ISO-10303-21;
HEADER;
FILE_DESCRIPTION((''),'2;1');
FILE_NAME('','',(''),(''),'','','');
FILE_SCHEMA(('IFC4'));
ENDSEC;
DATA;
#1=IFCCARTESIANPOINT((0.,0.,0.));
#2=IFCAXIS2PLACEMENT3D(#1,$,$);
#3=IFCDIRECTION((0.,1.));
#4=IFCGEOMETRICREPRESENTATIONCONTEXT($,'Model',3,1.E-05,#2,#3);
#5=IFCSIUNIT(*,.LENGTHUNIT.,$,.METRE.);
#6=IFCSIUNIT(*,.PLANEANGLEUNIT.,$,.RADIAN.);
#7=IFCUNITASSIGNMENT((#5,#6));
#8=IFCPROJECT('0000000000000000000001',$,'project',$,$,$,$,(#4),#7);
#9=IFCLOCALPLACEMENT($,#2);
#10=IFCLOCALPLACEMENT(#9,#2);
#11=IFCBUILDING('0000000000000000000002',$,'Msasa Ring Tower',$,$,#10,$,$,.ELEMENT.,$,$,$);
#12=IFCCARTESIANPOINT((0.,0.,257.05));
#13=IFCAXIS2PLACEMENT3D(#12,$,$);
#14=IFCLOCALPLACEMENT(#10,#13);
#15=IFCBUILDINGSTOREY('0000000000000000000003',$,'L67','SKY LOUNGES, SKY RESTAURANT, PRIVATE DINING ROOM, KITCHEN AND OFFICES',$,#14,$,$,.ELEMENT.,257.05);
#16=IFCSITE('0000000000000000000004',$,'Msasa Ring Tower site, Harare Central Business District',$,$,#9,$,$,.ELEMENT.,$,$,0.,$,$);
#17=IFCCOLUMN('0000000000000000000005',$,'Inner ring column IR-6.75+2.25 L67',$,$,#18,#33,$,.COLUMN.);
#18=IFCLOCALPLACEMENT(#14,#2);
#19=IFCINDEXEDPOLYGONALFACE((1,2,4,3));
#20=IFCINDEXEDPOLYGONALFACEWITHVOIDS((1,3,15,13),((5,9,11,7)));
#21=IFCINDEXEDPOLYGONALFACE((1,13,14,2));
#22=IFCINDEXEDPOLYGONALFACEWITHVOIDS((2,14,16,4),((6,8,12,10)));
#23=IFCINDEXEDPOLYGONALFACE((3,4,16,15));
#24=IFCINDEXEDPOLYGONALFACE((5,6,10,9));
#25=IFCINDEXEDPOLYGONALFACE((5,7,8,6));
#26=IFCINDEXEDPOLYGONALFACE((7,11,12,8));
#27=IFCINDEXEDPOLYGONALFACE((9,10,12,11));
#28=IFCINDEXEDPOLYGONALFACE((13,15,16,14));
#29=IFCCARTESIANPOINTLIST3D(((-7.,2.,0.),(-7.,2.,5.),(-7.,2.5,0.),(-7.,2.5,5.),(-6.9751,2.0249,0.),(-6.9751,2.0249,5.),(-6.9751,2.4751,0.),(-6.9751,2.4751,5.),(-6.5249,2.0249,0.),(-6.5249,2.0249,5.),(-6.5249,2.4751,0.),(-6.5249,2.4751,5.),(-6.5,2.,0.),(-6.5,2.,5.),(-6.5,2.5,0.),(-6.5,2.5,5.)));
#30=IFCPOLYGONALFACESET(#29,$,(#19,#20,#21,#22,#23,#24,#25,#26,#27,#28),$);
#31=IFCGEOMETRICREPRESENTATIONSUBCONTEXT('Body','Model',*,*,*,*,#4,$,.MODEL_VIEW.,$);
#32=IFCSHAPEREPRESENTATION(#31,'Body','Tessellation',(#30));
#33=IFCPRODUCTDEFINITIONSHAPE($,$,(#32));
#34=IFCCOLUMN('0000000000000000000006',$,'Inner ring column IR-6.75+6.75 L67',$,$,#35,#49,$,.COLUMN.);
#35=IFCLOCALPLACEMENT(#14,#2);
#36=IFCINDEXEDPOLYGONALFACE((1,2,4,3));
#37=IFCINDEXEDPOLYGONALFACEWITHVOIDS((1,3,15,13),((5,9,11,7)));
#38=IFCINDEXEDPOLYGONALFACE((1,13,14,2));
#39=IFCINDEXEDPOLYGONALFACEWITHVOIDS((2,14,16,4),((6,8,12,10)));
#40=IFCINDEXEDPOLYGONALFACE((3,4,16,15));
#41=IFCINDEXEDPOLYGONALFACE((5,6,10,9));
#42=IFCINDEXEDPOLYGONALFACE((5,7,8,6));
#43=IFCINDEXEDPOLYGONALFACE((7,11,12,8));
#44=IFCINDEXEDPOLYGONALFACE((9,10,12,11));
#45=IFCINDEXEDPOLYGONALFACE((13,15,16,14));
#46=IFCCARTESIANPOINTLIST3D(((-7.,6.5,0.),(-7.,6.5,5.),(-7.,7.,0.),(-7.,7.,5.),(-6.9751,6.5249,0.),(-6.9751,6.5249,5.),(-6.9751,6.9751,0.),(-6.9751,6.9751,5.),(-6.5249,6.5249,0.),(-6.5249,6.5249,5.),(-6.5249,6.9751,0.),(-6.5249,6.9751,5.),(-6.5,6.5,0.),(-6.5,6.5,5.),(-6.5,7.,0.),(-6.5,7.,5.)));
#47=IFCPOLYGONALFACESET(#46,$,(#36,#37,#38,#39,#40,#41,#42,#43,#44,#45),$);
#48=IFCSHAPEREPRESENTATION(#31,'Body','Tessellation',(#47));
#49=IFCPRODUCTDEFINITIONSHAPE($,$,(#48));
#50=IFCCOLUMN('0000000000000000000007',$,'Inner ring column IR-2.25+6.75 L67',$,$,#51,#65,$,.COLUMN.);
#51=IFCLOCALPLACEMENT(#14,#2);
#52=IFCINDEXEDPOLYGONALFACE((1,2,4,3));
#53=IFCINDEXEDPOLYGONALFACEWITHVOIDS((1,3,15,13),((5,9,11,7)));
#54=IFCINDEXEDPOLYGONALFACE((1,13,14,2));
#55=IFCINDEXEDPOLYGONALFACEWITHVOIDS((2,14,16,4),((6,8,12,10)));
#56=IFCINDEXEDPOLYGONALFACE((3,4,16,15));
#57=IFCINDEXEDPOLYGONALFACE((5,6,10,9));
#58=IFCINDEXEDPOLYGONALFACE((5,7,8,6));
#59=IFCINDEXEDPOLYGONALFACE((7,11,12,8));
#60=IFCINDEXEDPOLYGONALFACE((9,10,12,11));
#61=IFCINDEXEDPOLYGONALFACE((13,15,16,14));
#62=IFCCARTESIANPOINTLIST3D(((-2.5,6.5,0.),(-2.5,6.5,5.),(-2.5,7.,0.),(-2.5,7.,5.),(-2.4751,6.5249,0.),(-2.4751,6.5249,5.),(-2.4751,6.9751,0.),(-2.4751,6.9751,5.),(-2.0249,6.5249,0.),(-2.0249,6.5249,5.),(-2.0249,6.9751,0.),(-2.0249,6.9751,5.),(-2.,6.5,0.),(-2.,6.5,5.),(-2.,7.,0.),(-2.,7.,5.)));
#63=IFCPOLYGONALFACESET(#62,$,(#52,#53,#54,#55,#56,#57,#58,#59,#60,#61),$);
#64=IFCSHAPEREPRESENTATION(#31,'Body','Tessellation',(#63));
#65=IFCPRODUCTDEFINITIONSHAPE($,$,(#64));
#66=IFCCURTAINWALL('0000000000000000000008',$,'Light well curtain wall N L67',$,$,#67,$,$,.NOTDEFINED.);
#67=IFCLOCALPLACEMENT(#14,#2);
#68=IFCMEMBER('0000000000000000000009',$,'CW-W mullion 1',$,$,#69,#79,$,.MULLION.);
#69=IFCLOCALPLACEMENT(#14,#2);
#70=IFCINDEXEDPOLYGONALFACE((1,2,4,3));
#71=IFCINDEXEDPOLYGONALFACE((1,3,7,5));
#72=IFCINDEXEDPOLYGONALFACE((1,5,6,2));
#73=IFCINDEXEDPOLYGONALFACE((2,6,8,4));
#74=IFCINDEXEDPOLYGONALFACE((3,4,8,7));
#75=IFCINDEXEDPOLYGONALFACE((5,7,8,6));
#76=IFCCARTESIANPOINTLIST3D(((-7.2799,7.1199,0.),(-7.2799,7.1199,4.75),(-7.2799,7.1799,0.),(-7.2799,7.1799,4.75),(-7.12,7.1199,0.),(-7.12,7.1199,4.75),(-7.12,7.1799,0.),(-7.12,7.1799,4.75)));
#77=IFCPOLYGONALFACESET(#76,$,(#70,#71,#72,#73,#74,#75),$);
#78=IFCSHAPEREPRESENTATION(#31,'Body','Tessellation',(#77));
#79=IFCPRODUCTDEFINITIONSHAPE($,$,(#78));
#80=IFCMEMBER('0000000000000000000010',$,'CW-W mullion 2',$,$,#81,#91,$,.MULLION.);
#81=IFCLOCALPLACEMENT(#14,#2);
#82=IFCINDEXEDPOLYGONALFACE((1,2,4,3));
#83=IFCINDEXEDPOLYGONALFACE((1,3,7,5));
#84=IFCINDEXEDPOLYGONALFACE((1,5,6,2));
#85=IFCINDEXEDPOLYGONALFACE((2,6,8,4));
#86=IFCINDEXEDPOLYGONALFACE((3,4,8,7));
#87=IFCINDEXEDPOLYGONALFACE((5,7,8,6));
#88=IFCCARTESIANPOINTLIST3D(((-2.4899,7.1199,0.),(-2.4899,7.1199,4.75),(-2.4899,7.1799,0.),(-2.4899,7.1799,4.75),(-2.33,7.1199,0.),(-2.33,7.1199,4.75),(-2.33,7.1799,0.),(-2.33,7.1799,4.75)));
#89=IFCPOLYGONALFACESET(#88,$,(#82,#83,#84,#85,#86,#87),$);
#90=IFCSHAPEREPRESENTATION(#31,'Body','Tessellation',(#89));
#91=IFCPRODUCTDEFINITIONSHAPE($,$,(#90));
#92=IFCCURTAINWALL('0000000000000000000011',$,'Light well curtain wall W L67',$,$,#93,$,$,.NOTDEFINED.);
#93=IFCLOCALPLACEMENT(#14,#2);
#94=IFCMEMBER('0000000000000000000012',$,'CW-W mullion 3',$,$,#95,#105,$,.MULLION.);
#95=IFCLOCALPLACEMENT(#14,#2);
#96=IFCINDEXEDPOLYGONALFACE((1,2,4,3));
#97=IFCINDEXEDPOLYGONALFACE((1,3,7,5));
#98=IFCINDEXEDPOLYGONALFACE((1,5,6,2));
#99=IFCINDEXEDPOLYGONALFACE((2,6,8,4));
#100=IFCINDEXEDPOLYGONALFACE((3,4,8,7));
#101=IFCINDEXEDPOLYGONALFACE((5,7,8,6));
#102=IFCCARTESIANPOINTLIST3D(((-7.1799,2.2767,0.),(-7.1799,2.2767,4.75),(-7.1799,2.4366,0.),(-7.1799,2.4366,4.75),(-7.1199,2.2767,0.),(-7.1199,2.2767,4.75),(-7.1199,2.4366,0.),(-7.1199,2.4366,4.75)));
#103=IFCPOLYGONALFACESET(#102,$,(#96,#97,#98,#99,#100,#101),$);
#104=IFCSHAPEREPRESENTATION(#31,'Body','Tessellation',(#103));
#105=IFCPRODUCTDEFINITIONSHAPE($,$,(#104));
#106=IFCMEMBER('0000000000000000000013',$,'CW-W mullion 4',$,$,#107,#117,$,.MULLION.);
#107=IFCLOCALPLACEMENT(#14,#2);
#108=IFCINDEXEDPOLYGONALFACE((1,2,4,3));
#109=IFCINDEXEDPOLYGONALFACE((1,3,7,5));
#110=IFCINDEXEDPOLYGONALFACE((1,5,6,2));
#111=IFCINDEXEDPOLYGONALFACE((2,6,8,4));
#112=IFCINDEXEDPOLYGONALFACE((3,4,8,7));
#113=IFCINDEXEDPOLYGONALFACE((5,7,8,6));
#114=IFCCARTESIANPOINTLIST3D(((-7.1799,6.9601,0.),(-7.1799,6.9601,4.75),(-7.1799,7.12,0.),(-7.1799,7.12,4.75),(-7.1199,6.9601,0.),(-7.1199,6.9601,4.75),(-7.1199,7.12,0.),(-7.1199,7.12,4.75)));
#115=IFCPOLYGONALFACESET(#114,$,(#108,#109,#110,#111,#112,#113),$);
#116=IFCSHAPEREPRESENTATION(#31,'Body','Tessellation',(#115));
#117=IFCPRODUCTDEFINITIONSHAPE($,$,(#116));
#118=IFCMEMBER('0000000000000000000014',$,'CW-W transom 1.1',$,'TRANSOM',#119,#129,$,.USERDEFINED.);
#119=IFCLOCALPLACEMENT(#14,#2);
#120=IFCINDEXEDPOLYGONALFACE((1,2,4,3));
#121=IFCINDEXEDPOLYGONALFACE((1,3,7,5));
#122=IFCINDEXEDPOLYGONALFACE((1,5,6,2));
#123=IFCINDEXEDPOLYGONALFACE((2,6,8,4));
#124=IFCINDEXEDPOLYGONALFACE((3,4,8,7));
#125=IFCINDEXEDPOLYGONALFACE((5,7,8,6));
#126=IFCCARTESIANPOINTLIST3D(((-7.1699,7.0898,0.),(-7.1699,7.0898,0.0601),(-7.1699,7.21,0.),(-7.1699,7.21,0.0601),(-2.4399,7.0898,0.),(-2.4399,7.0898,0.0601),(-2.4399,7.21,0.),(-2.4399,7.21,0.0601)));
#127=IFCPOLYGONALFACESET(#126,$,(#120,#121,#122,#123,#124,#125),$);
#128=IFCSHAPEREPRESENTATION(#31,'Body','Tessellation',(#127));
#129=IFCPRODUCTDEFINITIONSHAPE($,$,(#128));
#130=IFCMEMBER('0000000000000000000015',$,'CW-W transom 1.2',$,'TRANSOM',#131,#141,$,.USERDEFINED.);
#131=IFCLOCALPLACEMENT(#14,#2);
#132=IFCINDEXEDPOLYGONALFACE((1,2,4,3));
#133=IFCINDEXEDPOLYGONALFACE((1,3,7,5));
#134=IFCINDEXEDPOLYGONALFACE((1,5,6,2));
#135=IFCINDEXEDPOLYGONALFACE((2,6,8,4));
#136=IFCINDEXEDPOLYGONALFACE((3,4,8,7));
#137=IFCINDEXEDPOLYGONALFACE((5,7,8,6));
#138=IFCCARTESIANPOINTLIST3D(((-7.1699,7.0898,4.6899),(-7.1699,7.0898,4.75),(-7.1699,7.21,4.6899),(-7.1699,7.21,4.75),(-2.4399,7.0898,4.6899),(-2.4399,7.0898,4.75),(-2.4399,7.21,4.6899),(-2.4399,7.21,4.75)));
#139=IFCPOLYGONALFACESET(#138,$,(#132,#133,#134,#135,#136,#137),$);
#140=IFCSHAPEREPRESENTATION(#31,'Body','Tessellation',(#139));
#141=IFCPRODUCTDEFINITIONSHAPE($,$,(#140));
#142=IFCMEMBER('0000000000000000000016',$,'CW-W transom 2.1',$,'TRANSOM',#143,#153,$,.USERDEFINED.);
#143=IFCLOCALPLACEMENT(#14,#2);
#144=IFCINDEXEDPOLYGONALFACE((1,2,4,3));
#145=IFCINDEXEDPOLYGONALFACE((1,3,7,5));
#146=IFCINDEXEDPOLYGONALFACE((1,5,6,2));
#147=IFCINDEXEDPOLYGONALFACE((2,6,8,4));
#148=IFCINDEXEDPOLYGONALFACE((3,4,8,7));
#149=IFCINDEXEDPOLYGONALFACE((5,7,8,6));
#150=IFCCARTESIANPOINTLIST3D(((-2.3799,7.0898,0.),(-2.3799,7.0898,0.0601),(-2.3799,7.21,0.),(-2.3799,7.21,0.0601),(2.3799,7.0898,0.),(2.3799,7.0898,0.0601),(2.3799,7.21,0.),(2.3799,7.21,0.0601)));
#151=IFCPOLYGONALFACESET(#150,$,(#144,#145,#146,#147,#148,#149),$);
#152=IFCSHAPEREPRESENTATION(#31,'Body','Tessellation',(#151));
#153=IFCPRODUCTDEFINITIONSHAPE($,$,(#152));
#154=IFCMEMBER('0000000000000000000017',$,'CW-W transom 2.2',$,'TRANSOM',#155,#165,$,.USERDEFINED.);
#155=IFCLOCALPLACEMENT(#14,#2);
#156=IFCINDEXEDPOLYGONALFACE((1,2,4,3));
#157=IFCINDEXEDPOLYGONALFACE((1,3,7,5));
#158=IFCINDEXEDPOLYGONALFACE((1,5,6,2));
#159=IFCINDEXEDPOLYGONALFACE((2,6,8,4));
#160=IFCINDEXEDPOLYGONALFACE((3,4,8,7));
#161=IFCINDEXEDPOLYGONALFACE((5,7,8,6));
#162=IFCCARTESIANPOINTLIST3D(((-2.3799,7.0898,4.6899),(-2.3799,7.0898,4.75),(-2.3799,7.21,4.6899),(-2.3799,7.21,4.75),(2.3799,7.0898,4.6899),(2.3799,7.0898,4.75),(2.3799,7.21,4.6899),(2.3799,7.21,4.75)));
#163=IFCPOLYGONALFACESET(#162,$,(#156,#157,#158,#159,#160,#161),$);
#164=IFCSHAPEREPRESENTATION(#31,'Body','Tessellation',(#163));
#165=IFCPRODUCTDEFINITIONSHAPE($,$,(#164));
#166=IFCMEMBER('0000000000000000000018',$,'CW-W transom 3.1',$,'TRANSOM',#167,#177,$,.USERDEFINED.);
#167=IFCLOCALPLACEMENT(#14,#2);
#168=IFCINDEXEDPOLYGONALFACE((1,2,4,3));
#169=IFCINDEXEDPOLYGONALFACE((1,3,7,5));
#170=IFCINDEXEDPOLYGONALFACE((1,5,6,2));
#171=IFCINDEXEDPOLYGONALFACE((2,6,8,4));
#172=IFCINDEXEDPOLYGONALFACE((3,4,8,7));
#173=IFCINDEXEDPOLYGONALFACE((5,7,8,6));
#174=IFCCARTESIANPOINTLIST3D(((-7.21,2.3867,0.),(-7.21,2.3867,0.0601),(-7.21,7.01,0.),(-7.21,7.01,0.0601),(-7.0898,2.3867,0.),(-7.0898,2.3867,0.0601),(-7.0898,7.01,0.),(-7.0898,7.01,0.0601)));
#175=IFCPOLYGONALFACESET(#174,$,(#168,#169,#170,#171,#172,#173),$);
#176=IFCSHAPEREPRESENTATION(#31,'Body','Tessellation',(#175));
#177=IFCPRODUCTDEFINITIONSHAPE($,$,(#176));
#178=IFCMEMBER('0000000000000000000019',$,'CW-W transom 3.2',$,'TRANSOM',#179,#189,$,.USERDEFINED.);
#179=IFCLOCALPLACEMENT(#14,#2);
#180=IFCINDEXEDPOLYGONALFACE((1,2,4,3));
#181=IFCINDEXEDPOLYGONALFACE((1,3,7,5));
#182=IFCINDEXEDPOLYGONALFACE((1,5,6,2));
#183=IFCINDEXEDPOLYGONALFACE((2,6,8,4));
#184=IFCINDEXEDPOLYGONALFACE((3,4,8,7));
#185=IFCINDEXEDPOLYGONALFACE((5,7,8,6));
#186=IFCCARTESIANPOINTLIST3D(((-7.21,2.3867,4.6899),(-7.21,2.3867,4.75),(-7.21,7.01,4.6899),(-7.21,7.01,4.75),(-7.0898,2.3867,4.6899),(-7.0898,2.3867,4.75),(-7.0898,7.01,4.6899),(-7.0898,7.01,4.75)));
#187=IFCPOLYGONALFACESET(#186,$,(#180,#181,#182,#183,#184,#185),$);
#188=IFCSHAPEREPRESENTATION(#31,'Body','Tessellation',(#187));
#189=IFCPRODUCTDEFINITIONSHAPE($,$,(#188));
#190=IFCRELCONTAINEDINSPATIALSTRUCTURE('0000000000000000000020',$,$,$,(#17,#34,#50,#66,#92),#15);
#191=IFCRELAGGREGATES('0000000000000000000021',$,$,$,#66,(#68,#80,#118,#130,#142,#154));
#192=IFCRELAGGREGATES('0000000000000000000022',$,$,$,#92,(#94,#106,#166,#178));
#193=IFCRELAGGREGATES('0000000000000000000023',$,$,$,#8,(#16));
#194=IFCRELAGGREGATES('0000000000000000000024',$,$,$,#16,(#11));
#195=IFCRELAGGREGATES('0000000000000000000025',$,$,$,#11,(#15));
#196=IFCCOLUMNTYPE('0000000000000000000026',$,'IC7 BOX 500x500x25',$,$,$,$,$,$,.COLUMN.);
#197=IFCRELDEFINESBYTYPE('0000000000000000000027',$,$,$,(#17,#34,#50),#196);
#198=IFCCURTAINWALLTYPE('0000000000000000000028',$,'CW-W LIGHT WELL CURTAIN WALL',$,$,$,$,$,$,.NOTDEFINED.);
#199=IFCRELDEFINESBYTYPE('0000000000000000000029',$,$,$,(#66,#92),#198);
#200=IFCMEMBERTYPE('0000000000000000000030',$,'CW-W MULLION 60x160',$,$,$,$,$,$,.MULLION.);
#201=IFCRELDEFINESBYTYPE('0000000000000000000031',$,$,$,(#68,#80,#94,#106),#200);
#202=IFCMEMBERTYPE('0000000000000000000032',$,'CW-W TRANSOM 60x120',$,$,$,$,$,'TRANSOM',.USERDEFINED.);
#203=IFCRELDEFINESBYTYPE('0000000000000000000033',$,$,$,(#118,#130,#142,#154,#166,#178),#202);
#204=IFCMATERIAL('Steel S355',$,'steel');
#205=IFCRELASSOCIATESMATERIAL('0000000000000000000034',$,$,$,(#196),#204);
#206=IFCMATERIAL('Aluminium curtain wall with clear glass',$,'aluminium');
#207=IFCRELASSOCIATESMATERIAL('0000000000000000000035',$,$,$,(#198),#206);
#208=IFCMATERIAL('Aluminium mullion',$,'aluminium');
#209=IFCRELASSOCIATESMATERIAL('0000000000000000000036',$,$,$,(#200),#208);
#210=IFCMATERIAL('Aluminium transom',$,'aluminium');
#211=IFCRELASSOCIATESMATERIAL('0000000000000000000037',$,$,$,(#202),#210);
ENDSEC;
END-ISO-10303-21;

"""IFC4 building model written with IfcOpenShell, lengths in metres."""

from ifc_helpers import new_model, si_unit, direction, frame, origin, origin_2d, place, context, subcontext, project, spatial, rectangle, hollow_rectangle, extrude, material, material_profile, profile_set, type_object, element, aggregate, save


model = new_model("IFC4")

# Units and contexts
model_context = context("Model", 3, precision=1e-05, world=origin(), true_north=direction((0.0, 1.0)))
body_context = subcontext(model_context, "Body", "Model", "MODEL_VIEW")
ifc_project = project(units=[si_unit("LENGTHUNIT", "METRE"), si_unit("PLANEANGLEUNIT", "RADIAN")], contexts=[model_context])

# Site, building, storey
site_placement = place(None, origin())
site = spatial("IfcSite", under=ifc_project, at=site_placement, Name="Msasa Ring Tower site, Harare Central Business District", CompositionType="ELEMENT", RefElevation=0.0)
building_placement = place(site_placement, origin())
building = spatial("IfcBuilding", under=site, at=building_placement, Name="Msasa Ring Tower", CompositionType="ELEMENT")
storey_placement = place(building_placement, frame((0.0, 0.0, 257.05)))
storey = spatial("IfcBuildingStorey", under=building, at=storey_placement, Name="L67", Description="SKY LOUNGES, SKY RESTAURANT, PRIVATE DINING ROOM, KITCHEN AND OFFICES", CompositionType="ELEMENT", Elevation=257.05)

# Columns
ifc_material_1 = material(Name="Steel S355", Category="steel")
ifc_material_profile_1 = material_profile(ifc_material_1, hollow_rectangle(XDim=0.5, YDim=0.5, WallThickness=0.0249, at=origin_2d()), Name="BOX 500x500x25")
ifc_profile_set_1 = profile_set([ifc_material_profile_1], Name="Steel S355")
column_type = type_object("IfcColumnType", Name="IC7 BOX 500x500x25", PredefinedType="COLUMN", material=ifc_profile_set_1)
for number, where, z_axis, x_axis, name in (
    (1, (-6.75, 2.25, 0.0), (0.0, 0.0, 1.0), (1.0, 0.0, 0.0), "Inner ring column IR-6.75+2.25 L67"),
    (2, (-6.75, 6.75, 0.0), (0.0, 0.0, 1.0), (1.0, 0.0, 0.0), "Inner ring column IR-6.75+6.75 L67"),
    (3, (-2.25, 6.75, 0.0), (0.0, 0.0, 1.0), (1.0, 0.0, 0.0), "Inner ring column IR-2.25+6.75 L67"),
):
    element("IfcColumn", number, at=place(storey_placement, frame(where, z_axis=z_axis, x_axis=x_axis)), inside=storey, type_object=column_type, Name=name, PredefinedType="COLUMN", context=body_context, shape_type="SweptSolid", body=[
        extrude(hollow_rectangle(XDim=0.5, YDim=0.5, WallThickness=0.0249, at=origin_2d()), origin(), (0.0, 0.0, 1.0), 5.0),
    ])

# Curtain walls, members
ifc_material_2 = material(Name="Aluminium curtain wall with clear glass", Category="aluminium")
curtain_wall_type = type_object("IfcCurtainWallType", Name="CW-W LIGHT WELL CURTAIN WALL", PredefinedType="NOTDEFINED", material=ifc_material_2)
curtain_wall_1_placement = place(storey_placement, origin())
curtain_wall_1 = element("IfcCurtainWall", 4, at=curtain_wall_1_placement, inside=storey, type_object=curtain_wall_type, Name="Light well curtain wall N L67", PredefinedType="NOTDEFINED")
ifc_material_3 = material(Name="Aluminium mullion", Category="aluminium")
ifc_material_profile_2 = material_profile(ifc_material_3, rectangle(XDim=0.0601, YDim=0.1599, at=origin_2d()), Name="AL 60x160")
ifc_profile_set_2 = profile_set([ifc_material_profile_2], Name="Aluminium mullion")
member_type_1 = type_object("IfcMemberType", Name="CW-W MULLION 60x160", PredefinedType="MULLION", material=ifc_profile_set_2)
member_1_placement = place(storey_placement, frame((-7.2, 7.1499, 0.0), z_axis=(0.0, 0.0, 1.0), x_axis=(0.0, 1.0, 0.0)))
member_1 = element("IfcMember", 5, at=member_1_placement, type_object=member_type_1, Name="CW-W mullion 1", PredefinedType="MULLION", context=body_context, shape_type="SweptSolid", body=[
    extrude(rectangle(XDim=0.0601, YDim=0.1599, at=origin_2d()), origin(), (0.0, 0.0, 1.0), 4.75),
])
member_2_placement = place(storey_placement, frame((-2.4099, 7.1499, 0.0), z_axis=(0.0, 0.0, 1.0), x_axis=(0.0, 1.0, 0.0)))
member_2 = element("IfcMember", 6, at=member_2_placement, type_object=member_type_1, Name="CW-W mullion 2", PredefinedType="MULLION", context=body_context, shape_type="SweptSolid", body=[
    extrude(rectangle(XDim=0.0601, YDim=0.1599, at=origin_2d()), origin(), (0.0, 0.0, 1.0), 4.75),
])
curtain_wall_2_placement = place(storey_placement, origin())
curtain_wall_2 = element("IfcCurtainWall", 7, at=curtain_wall_2_placement, inside=storey, type_object=curtain_wall_type, Name="Light well curtain wall W L67", PredefinedType="NOTDEFINED")
member_3_placement = place(storey_placement, frame((-7.1499, 2.3567, 0.0), z_axis=(0.0, 0.0, 1.0), x_axis=(-1.0, 0.0, 0.0)))
member_3 = element("IfcMember", 8, at=member_3_placement, type_object=member_type_1, Name="CW-W mullion 3", PredefinedType="MULLION", context=body_context, shape_type="SweptSolid", body=[
    extrude(rectangle(XDim=0.0601, YDim=0.1599, at=origin_2d()), origin(), (0.0, 0.0, 1.0), 4.75),
])
member_4_placement = place(storey_placement, frame((-7.1499, 7.04, 0.0), z_axis=(0.0, 0.0, 1.0), x_axis=(-1.0, 0.0, 0.0)))
member_4 = element("IfcMember", 9, at=member_4_placement, type_object=member_type_1, Name="CW-W mullion 4", PredefinedType="MULLION", context=body_context, shape_type="SweptSolid", body=[
    extrude(rectangle(XDim=0.0601, YDim=0.1599, at=origin_2d()), origin(), (0.0, 0.0, 1.0), 4.75),
])

# Members
ifc_material_4 = material(Name="Aluminium transom", Category="aluminium")
ifc_material_profile_3 = material_profile(ifc_material_4, rectangle(XDim=0.1201, YDim=0.0601, at=origin_2d()), Name="AL 60x120")
ifc_profile_set_3 = profile_set([ifc_material_profile_3], Name="Aluminium transom")
member_type_2 = type_object("IfcMemberType", Name="CW-W TRANSOM 60x120", ElementType="TRANSOM", PredefinedType="USERDEFINED", material=ifc_profile_set_3)
member_5_placement = place(storey_placement, frame((-7.1699, 7.1499, 0.03), z_axis=(1.0, 0.0, 0.0), x_axis=(0.0, 1.0, 0.0)))
member_5 = element("IfcMember", 10, at=member_5_placement, type_object=member_type_2, Name="CW-W transom 1.1", ObjectType="TRANSOM", PredefinedType="USERDEFINED", context=body_context, shape_type="SweptSolid", body=[
    extrude(rectangle(XDim=0.1201, YDim=0.0601, at=origin_2d()), origin(), (0.0, 0.0, 1.0), 4.73),
])
member_6_placement = place(storey_placement, frame((-7.1699, 7.1499, 4.72), z_axis=(1.0, 0.0, 0.0), x_axis=(0.0, 1.0, 0.0)))
member_6 = element("IfcMember", 11, at=member_6_placement, type_object=member_type_2, Name="CW-W transom 1.2", ObjectType="TRANSOM", PredefinedType="USERDEFINED", context=body_context, shape_type="SweptSolid", body=[
    extrude(rectangle(XDim=0.1201, YDim=0.0601, at=origin_2d()), origin(), (0.0, 0.0, 1.0), 4.73),
])
member_7_placement = place(storey_placement, frame((-2.3799, 7.1499, 0.03), z_axis=(1.0, 0.0, 0.0), x_axis=(0.0, 1.0, 0.0)))
member_7 = element("IfcMember", 12, at=member_7_placement, type_object=member_type_2, Name="CW-W transom 2.1", ObjectType="TRANSOM", PredefinedType="USERDEFINED", context=body_context, shape_type="SweptSolid", body=[
    extrude(rectangle(XDim=0.1201, YDim=0.0601, at=origin_2d()), origin(), (0.0, 0.0, 1.0), 4.7598),
])
member_8_placement = place(storey_placement, frame((-2.3799, 7.1499, 4.72), z_axis=(1.0, 0.0, 0.0), x_axis=(0.0, 1.0, 0.0)))
member_8 = element("IfcMember", 13, at=member_8_placement, type_object=member_type_2, Name="CW-W transom 2.2", ObjectType="TRANSOM", PredefinedType="USERDEFINED", context=body_context, shape_type="SweptSolid", body=[
    extrude(rectangle(XDim=0.1201, YDim=0.0601, at=origin_2d()), origin(), (0.0, 0.0, 1.0), 4.7598),
])
member_9_placement = place(storey_placement, frame((-7.1499, 2.3867, 0.03), z_axis=(0.0, 1.0, 0.0), x_axis=(-1.0, 0.0, 0.0)))
member_9 = element("IfcMember", 14, at=member_9_placement, type_object=member_type_2, Name="CW-W transom 3.1", ObjectType="TRANSOM", PredefinedType="USERDEFINED", context=body_context, shape_type="SweptSolid", body=[
    extrude(rectangle(XDim=0.1201, YDim=0.0601, at=origin_2d()), origin(), (0.0, 0.0, 1.0), 4.6233),
])
member_10_placement = place(storey_placement, frame((-7.1499, 2.3867, 4.72), z_axis=(0.0, 1.0, 0.0), x_axis=(-1.0, 0.0, 0.0)))
member_10 = element("IfcMember", 15, at=member_10_placement, type_object=member_type_2, Name="CW-W transom 3.2", ObjectType="TRANSOM", PredefinedType="USERDEFINED", context=body_context, shape_type="SweptSolid", body=[
    extrude(rectangle(XDim=0.1201, YDim=0.0601, at=origin_2d()), origin(), (0.0, 0.0, 1.0), 4.6233),
])

aggregate(curtain_wall_1, [member_1, member_2, member_5, member_6, member_7, member_8])
aggregate(curtain_wall_2, [member_3, member_4, member_9, member_10])

save(model, "model.ifc")
